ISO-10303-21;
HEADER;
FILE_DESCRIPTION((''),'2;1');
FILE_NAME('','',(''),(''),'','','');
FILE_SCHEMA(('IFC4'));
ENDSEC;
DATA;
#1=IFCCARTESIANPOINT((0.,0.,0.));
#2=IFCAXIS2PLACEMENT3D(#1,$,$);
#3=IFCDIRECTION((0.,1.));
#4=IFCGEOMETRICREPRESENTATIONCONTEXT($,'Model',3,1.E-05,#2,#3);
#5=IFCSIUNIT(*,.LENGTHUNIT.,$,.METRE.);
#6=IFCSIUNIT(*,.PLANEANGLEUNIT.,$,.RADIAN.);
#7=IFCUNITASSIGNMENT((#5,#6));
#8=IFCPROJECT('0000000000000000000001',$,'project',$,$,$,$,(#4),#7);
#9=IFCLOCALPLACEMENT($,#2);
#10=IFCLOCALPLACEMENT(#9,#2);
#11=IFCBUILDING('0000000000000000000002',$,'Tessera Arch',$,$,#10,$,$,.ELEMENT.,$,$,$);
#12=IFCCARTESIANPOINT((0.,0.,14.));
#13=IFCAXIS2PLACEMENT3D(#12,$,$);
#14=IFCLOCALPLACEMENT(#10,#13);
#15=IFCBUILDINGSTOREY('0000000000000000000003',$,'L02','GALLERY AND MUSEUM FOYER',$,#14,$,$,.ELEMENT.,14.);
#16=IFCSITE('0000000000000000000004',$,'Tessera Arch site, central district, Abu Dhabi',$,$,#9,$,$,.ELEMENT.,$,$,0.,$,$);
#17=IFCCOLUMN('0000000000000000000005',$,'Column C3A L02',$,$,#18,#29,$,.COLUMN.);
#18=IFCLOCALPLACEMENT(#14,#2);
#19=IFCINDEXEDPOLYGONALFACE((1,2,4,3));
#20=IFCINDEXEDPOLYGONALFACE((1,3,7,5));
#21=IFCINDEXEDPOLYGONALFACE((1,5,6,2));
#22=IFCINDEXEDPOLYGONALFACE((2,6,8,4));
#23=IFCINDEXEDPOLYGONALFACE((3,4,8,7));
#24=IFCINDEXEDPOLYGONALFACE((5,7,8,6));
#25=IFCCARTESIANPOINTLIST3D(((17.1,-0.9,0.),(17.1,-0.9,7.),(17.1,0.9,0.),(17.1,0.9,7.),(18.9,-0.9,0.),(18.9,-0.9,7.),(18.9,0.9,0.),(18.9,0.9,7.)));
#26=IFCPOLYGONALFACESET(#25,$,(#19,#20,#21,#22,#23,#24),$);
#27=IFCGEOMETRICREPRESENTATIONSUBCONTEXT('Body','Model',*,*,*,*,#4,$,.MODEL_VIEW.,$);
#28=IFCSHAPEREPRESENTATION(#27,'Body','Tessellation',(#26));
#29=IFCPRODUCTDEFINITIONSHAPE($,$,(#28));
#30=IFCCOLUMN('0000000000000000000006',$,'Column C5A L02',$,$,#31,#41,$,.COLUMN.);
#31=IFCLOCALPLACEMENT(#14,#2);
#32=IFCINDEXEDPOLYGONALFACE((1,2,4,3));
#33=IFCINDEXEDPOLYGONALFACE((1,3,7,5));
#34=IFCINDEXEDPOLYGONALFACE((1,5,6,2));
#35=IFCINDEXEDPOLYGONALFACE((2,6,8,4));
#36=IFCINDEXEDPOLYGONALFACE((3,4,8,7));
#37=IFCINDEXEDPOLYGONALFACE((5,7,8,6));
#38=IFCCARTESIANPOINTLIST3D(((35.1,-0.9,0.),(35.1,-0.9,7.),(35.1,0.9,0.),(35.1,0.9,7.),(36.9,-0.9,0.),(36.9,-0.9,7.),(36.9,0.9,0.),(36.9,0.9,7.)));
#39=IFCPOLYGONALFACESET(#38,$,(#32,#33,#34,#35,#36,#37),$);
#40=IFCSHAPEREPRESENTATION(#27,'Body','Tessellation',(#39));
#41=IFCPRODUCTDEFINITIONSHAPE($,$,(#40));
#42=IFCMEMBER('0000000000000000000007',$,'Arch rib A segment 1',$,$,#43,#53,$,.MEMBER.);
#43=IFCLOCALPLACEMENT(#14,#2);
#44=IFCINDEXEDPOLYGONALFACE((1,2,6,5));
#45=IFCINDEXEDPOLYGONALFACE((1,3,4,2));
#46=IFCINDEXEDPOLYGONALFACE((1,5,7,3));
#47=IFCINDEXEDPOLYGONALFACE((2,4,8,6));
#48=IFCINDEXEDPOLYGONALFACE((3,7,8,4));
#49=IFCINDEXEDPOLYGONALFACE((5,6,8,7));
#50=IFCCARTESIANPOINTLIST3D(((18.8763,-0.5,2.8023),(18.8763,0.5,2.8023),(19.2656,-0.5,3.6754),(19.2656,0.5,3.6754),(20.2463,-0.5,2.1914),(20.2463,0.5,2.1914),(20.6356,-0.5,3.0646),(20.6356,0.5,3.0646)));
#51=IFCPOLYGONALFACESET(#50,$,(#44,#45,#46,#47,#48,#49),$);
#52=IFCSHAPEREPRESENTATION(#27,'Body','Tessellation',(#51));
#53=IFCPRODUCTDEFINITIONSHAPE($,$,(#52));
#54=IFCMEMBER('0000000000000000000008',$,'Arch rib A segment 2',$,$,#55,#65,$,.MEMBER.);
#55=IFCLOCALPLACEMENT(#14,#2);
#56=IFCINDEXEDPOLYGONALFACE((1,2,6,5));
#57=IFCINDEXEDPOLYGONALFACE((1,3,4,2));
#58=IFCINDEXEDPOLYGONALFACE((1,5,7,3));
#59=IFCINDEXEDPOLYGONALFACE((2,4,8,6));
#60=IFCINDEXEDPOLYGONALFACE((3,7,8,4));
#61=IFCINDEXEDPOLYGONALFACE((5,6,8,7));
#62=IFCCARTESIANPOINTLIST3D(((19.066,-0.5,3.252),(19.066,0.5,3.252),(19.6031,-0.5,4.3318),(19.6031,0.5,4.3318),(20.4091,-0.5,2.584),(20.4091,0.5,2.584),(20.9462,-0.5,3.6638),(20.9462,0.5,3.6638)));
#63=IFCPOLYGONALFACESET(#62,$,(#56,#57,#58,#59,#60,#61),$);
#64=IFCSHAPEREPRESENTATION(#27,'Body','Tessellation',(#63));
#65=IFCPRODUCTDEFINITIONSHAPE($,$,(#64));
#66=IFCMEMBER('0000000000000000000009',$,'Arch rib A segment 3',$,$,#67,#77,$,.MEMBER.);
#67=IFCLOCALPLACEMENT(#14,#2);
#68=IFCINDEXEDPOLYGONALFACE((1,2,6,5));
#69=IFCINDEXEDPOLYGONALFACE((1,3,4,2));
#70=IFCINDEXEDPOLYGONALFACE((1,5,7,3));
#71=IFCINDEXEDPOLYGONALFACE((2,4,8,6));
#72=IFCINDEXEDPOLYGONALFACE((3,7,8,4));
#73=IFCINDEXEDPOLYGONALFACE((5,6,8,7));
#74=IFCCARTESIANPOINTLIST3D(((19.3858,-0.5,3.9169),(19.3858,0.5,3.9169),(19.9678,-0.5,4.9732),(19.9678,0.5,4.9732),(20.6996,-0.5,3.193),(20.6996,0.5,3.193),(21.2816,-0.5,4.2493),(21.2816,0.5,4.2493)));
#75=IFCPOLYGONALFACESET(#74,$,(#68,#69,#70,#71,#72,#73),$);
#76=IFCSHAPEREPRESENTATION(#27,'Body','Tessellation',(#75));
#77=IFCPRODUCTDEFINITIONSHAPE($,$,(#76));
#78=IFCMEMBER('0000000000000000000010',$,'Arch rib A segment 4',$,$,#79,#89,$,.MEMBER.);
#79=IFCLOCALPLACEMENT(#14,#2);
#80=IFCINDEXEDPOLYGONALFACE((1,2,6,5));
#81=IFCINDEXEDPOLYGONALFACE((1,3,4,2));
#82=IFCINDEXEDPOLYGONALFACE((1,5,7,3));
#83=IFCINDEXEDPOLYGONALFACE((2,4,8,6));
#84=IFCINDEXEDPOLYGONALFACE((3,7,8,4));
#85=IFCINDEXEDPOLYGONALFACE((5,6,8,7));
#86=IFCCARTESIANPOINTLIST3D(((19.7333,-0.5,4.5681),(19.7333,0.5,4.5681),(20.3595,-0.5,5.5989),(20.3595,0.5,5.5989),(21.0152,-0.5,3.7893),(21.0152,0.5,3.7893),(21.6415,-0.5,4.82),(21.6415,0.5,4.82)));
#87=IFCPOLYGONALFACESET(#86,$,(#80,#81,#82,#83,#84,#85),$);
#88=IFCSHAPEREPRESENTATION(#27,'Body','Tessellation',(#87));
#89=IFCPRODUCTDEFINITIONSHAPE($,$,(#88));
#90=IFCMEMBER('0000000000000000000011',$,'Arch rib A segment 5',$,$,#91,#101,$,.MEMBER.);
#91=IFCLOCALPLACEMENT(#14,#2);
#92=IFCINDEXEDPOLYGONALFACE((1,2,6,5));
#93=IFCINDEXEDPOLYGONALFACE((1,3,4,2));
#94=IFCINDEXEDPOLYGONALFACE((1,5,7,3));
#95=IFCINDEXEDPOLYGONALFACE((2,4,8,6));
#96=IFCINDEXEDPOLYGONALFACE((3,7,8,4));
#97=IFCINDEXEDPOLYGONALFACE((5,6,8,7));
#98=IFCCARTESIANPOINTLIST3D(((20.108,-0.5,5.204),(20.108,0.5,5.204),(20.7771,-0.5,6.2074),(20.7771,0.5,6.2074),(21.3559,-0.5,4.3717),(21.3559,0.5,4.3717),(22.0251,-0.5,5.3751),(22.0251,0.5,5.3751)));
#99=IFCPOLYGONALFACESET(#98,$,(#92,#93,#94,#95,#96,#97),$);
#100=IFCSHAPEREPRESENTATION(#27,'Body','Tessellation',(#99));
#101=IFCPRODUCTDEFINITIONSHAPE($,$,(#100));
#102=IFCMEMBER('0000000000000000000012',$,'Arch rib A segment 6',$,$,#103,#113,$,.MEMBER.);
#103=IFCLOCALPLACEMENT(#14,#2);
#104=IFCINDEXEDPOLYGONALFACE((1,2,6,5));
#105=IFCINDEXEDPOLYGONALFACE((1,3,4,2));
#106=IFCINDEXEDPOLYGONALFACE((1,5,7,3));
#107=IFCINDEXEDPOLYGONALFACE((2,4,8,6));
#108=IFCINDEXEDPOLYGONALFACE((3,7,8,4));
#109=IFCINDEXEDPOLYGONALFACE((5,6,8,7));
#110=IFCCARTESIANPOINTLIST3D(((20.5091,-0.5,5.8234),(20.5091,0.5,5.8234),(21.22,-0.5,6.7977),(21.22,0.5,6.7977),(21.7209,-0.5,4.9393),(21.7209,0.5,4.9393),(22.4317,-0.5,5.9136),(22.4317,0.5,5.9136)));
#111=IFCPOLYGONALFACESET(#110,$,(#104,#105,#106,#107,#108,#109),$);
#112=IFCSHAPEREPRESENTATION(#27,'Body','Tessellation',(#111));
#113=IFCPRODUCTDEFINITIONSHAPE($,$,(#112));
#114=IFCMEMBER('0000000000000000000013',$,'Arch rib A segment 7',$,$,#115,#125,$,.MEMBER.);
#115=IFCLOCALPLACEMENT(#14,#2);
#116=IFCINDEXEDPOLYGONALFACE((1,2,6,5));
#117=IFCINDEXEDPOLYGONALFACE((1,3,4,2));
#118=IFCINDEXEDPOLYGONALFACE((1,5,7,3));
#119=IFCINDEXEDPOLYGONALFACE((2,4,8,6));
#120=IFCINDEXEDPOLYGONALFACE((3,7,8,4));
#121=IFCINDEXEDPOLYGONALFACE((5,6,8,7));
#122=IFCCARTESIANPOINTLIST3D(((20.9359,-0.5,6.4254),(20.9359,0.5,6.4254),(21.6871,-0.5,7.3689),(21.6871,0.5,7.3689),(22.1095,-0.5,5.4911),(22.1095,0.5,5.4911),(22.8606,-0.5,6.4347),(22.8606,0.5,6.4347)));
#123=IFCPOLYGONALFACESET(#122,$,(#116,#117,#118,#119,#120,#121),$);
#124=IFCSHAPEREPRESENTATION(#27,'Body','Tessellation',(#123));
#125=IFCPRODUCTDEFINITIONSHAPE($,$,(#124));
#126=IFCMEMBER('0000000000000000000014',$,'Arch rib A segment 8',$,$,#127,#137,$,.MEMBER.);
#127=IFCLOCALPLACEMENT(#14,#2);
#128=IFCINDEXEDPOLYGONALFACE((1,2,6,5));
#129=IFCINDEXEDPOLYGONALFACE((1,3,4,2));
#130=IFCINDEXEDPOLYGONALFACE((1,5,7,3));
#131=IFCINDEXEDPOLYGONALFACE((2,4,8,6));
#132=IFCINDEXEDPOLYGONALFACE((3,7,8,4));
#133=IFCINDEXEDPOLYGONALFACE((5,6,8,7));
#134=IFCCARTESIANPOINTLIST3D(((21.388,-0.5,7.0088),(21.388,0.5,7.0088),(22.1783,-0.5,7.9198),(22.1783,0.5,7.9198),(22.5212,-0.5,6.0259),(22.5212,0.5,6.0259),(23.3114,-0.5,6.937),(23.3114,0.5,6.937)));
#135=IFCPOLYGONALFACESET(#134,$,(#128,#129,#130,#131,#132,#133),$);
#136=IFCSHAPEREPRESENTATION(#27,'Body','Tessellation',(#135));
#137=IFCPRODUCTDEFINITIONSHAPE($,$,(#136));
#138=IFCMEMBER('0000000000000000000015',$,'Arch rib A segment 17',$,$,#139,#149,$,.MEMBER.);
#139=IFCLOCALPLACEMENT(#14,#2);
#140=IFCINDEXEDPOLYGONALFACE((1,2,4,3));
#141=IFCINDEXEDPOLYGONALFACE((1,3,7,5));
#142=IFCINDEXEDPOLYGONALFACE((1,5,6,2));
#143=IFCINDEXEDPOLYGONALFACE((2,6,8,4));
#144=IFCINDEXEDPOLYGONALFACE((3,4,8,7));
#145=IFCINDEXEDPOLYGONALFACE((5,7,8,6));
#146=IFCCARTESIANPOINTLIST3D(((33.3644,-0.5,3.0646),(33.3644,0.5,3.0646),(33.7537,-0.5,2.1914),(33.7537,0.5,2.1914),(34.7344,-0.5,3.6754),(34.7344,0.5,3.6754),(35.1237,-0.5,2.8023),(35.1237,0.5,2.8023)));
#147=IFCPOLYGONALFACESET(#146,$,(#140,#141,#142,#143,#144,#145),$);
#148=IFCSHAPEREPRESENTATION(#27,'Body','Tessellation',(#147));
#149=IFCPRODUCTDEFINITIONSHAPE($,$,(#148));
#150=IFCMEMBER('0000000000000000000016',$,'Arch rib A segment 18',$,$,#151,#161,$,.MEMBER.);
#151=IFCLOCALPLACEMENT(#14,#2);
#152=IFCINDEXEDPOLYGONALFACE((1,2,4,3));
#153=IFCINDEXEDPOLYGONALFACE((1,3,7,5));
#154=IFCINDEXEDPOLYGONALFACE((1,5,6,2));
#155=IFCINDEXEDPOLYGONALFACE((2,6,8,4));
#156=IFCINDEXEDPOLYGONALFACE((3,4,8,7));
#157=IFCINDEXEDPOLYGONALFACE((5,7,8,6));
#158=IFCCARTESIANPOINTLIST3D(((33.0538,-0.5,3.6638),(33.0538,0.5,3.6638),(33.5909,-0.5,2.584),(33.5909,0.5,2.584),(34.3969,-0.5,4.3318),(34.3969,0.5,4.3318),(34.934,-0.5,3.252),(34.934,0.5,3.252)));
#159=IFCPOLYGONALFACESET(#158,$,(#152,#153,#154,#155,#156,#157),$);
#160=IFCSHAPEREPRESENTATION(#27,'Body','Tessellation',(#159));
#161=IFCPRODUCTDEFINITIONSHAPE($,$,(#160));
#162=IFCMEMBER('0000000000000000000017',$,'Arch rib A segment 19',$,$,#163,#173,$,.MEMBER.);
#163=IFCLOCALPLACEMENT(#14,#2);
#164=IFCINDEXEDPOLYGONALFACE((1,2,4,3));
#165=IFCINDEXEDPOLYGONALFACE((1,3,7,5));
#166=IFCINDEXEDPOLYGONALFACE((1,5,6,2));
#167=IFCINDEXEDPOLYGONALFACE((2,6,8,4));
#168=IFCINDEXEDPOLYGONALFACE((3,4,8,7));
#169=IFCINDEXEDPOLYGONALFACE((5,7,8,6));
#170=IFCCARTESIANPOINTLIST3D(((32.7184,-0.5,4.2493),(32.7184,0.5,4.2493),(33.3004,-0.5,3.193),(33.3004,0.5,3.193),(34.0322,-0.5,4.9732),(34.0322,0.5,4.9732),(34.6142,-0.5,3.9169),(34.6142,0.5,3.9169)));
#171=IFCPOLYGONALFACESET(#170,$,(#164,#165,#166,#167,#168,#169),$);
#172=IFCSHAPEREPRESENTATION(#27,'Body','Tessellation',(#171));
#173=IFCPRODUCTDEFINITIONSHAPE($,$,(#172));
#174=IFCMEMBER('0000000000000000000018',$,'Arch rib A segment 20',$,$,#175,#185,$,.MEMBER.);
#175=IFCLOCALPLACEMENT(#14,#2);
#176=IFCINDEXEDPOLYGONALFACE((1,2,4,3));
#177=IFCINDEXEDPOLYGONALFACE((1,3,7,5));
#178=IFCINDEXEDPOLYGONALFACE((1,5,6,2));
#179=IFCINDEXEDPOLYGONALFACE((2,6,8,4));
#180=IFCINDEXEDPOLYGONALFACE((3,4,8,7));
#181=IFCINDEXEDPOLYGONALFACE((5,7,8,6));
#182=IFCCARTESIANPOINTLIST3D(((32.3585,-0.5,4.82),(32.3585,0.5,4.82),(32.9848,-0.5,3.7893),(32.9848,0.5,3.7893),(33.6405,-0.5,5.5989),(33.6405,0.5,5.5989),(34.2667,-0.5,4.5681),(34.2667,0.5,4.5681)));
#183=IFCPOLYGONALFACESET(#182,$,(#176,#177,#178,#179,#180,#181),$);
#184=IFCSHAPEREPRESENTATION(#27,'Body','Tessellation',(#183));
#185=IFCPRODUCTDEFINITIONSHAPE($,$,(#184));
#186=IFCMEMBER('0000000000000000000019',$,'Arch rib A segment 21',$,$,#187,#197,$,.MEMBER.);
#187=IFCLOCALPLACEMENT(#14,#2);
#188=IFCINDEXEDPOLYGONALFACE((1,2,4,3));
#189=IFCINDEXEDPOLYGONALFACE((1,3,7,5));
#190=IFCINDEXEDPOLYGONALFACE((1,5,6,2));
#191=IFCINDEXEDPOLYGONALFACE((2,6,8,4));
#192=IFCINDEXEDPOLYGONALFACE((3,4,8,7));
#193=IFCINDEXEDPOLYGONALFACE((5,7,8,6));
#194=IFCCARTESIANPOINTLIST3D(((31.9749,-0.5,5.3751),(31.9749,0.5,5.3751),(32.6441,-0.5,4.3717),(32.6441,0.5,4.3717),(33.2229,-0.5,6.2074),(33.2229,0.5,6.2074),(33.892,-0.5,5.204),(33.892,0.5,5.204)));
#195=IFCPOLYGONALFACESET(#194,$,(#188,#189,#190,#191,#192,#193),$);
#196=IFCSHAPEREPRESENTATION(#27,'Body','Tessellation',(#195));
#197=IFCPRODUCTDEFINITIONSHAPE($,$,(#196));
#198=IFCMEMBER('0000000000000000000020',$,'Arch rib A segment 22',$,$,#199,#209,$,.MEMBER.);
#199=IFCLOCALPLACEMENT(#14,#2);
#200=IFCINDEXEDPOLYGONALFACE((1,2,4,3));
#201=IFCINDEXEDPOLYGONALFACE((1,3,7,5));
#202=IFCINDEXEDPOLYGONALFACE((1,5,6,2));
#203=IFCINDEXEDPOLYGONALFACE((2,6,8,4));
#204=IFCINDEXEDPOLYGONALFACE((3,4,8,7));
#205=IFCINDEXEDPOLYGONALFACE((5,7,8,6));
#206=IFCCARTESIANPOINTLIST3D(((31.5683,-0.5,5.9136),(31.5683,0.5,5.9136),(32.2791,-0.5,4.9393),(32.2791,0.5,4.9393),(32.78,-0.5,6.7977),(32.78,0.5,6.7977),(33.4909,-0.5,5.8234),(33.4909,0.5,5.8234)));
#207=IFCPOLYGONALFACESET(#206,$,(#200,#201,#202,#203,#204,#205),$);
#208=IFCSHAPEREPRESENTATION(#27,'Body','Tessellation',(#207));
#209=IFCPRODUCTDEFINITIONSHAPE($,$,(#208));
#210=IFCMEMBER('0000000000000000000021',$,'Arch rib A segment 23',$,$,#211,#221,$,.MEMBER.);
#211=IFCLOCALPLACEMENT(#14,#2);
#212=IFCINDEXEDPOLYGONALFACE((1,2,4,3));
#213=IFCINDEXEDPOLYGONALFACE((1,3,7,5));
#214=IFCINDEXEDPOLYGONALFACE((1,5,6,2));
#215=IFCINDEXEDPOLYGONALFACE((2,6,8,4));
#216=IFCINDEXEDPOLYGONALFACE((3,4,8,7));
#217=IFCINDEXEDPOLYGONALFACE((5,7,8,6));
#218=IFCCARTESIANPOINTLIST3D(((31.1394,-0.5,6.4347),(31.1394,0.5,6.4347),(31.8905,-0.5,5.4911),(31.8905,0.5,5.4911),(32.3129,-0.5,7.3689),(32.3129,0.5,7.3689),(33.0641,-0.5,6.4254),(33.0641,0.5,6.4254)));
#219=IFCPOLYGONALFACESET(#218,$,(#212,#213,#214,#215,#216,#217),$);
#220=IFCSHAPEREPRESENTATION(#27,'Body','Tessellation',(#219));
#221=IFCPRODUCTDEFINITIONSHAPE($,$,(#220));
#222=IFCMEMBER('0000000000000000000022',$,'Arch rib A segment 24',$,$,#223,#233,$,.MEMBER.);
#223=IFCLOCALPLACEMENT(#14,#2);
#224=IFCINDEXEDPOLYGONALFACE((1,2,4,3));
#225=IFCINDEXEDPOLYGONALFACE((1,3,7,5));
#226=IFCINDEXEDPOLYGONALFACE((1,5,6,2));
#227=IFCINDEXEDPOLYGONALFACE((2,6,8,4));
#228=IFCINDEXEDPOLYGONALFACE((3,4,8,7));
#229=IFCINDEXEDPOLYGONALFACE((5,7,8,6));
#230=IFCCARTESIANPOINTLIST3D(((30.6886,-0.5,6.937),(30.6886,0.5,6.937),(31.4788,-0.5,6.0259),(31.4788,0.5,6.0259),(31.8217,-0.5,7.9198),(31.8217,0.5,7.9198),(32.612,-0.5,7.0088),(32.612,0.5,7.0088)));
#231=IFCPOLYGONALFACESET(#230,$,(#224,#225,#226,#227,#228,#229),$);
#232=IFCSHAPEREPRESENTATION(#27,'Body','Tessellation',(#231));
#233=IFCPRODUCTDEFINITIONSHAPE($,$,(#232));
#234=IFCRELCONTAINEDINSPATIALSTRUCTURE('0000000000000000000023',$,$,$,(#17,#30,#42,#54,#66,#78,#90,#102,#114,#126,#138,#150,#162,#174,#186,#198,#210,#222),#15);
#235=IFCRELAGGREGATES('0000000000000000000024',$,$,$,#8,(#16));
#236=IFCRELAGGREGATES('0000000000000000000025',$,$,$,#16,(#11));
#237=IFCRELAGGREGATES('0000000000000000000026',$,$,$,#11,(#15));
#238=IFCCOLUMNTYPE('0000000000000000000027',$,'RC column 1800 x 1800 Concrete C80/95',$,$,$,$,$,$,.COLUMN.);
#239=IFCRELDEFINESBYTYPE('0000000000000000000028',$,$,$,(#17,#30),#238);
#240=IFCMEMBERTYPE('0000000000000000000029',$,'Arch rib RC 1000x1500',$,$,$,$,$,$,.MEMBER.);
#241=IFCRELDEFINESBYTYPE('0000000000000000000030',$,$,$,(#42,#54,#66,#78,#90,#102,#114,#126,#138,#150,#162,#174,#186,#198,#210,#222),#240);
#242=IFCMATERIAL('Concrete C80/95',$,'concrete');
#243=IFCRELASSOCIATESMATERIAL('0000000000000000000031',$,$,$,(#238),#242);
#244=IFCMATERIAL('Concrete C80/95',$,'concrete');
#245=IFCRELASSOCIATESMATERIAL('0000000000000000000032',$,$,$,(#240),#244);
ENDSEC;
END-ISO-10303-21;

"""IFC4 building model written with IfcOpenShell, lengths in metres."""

from ifc_helpers import new_model, si_unit, direction, frame, origin, origin_2d, place, context, subcontext, project, spatial, rectangle, extrude, material, material_profile, profile_set, type_object, element, save


model = new_model("IFC4")

# Units and contexts
model_context = context("Model", 3, precision=1e-05, world=origin(), true_north=direction((0.0, 1.0)))
body_context = subcontext(model_context, "Body", "Model", "MODEL_VIEW")
ifc_project = project(units=[si_unit("LENGTHUNIT", "METRE"), si_unit("PLANEANGLEUNIT", "RADIAN")], contexts=[model_context])

# Site, building, storey
site_placement = place(None, origin())
site = spatial("IfcSite", under=ifc_project, at=site_placement, Name="Tessera Arch site, central district, Abu Dhabi", CompositionType="ELEMENT", RefElevation=0.0)
building_placement = place(site_placement, origin())
building = spatial("IfcBuilding", under=site, at=building_placement, Name="Tessera Arch", CompositionType="ELEMENT")
storey_placement = place(building_placement, frame((0.0, 0.0, 14.0)))
storey = spatial("IfcBuildingStorey", under=building, at=storey_placement, Name="L02", Description="GALLERY AND MUSEUM FOYER", CompositionType="ELEMENT", Elevation=14.0)

# Columns
ifc_material_1 = material(Name="Concrete C80/95", Category="concrete")
ifc_material_profile_1 = material_profile(ifc_material_1, rectangle(XDim=1.8, YDim=1.8, at=origin_2d()), Name="RC column 1800 x 1800 Concrete C80/95")
ifc_profile_set_1 = profile_set([ifc_material_profile_1], Name="Concrete C80/95")
column_type = type_object("IfcColumnType", Name="RC column 1800 x 1800 Concrete C80/95", PredefinedType="COLUMN", material=ifc_profile_set_1)
for number, where, z_axis, x_axis, name in (
    (1, (18.0, 0.0, 0.0), (0.0, 0.0, 1.0), (1.0, 0.0, 0.0), "Column C3A L02"),
    (2, (36.0, 0.0, 0.0), (0.0, 0.0, 1.0), (1.0, 0.0, 0.0), "Column C5A L02"),
):
    element("IfcColumn", number, at=place(storey_placement, frame(where, z_axis=z_axis, x_axis=x_axis)), inside=storey, type_object=column_type, Name=name, PredefinedType="COLUMN", context=body_context, shape_type="SweptSolid", body=[
        extrude(rectangle(XDim=1.8, YDim=1.8, at=origin_2d()), origin(), (0.0, 0.0, 1.0), 7.0),
    ])

# Members
ifc_material_2 = material(Name="Concrete C80/95", Category="concrete")
ifc_material_profile_2 = material_profile(ifc_material_2, rectangle(XDim=1.0, YDim=1.5, at=origin_2d()), Name="RC 1000x1500")
ifc_profile_set_2 = profile_set([ifc_material_profile_2], Name="Concrete C80/95")
member_type_1 = type_object("IfcMemberType", Name="Arch rib RC 1000x1500", PredefinedType="MEMBER", material=ifc_profile_set_2)
member_1_placement = place(storey_placement, frame((19.5613, 0.0, 2.4968), z_axis=(0.407252, 0.0, 0.913316), x_axis=(0.0, 1.0, 0.0)))
element("IfcMember", 3, at=member_1_placement, inside=storey, type_object=member_type_1, Name="Arch rib A segment 1", PredefinedType="MEMBER", context=body_context, shape_type="SweptSolid", body=[
    extrude(rectangle(XDim=1.0, YDim=1.5, at=origin_2d()), origin(), (0.0, 0.0, 1.0), 0.9561),
])
for number, where, z_axis, x_axis, name in (
    (4, (19.7375, 0.0, 2.918), (0.44535, 0.0, 0.895356), (0.0, 1.0, 0.0), "Arch rib A segment 2"),
    (5, (20.0427, 0.0, 3.5549), (0.482564, 0.0, 0.875861), (0.0, 1.0, 0.0), "Arch rib A segment 3"),
    (6, (20.3743, 0.0, 4.1787), (0.519221, 0.0, 0.85464), (0.0, 1.0, 0.0), "Arch rib A segment 4"),
    (7, (20.7319, 0.0, 4.7878), (0.55484, 0.0, 0.831957), (0.0, 1.0, 0.0), "Arch rib A segment 5"),
    (8, (21.115, 0.0, 5.3813), (0.589423, 0.0, 0.807825), (0.0, 1.0, 0.0), "Arch rib A segment 6"),
    (9, (21.5227, 0.0, 5.9583), (0.622842, 0.0, 0.782348), (0.0, 1.0, 0.0), "Arch rib A segment 7"),
    (10, (21.9546, 0.0, 6.5173), (0.655231, 0.0, 0.755429), (0.0, 1.0, 0.0), "Arch rib A segment 8"),
):
    element("IfcMember", number, at=place(storey_placement, frame(where, z_axis=z_axis, x_axis=x_axis)), inside=storey, type_object=member_type_1, Name=name, PredefinedType="MEMBER", context=body_context, shape_type="SweptSolid", body=[
        extrude(rectangle(XDim=1.0, YDim=1.5, at=origin_2d()), origin(), (0.0, 0.0, 1.0), 1.2061),
    ])
member_2_placement = place(storey_placement, frame((34.4387, 0.0, 2.4968), z_axis=(-0.407252, 0.0, 0.913316), x_axis=(0.0, -1.0, 0.0)))
element("IfcMember", 11, at=member_2_placement, inside=storey, type_object=member_type_1, Name="Arch rib A segment 17", PredefinedType="MEMBER", context=body_context, shape_type="SweptSolid", body=[
    extrude(rectangle(XDim=1.0, YDim=1.5, at=origin_2d()), origin(), (0.0, 0.0, 1.0), 0.9561),
])
for number, where, z_axis, x_axis, name in (
    (12, (34.2625, 0.0, 2.918), (-0.44535, 0.0, 0.895356), (0.0, -1.0, 0.0), "Arch rib A segment 18"),
    (13, (33.9573, 0.0, 3.5549), (-0.482564, 0.0, 0.875861), (0.0, -1.0, 0.0), "Arch rib A segment 19"),
    (14, (33.6257, 0.0, 4.1787), (-0.519221, 0.0, 0.85464), (0.0, -1.0, 0.0), "Arch rib A segment 20"),
    (15, (33.2681, 0.0, 4.7878), (-0.55484, 0.0, 0.831957), (0.0, -1.0, 0.0), "Arch rib A segment 21"),
    (16, (32.885, 0.0, 5.3813), (-0.589423, 0.0, 0.807825), (0.0, -1.0, 0.0), "Arch rib A segment 22"),
    (17, (32.4773, 0.0, 5.9583), (-0.622842, 0.0, 0.782348), (0.0, -1.0, 0.0), "Arch rib A segment 23"),
    (18, (32.0454, 0.0, 6.5173), (-0.655231, 0.0, 0.755429), (0.0, -1.0, 0.0), "Arch rib A segment 24"),
):
    element("IfcMember", number, at=place(storey_placement, frame(where, z_axis=z_axis, x_axis=x_axis)), inside=storey, type_object=member_type_1, Name=name, PredefinedType="MEMBER", context=body_context, shape_type="SweptSolid", body=[
        extrude(rectangle(XDim=1.0, YDim=1.5, at=origin_2d()), origin(), (0.0, 0.0, 1.0), 1.2061),
    ])

save(model, "model.ifc")
